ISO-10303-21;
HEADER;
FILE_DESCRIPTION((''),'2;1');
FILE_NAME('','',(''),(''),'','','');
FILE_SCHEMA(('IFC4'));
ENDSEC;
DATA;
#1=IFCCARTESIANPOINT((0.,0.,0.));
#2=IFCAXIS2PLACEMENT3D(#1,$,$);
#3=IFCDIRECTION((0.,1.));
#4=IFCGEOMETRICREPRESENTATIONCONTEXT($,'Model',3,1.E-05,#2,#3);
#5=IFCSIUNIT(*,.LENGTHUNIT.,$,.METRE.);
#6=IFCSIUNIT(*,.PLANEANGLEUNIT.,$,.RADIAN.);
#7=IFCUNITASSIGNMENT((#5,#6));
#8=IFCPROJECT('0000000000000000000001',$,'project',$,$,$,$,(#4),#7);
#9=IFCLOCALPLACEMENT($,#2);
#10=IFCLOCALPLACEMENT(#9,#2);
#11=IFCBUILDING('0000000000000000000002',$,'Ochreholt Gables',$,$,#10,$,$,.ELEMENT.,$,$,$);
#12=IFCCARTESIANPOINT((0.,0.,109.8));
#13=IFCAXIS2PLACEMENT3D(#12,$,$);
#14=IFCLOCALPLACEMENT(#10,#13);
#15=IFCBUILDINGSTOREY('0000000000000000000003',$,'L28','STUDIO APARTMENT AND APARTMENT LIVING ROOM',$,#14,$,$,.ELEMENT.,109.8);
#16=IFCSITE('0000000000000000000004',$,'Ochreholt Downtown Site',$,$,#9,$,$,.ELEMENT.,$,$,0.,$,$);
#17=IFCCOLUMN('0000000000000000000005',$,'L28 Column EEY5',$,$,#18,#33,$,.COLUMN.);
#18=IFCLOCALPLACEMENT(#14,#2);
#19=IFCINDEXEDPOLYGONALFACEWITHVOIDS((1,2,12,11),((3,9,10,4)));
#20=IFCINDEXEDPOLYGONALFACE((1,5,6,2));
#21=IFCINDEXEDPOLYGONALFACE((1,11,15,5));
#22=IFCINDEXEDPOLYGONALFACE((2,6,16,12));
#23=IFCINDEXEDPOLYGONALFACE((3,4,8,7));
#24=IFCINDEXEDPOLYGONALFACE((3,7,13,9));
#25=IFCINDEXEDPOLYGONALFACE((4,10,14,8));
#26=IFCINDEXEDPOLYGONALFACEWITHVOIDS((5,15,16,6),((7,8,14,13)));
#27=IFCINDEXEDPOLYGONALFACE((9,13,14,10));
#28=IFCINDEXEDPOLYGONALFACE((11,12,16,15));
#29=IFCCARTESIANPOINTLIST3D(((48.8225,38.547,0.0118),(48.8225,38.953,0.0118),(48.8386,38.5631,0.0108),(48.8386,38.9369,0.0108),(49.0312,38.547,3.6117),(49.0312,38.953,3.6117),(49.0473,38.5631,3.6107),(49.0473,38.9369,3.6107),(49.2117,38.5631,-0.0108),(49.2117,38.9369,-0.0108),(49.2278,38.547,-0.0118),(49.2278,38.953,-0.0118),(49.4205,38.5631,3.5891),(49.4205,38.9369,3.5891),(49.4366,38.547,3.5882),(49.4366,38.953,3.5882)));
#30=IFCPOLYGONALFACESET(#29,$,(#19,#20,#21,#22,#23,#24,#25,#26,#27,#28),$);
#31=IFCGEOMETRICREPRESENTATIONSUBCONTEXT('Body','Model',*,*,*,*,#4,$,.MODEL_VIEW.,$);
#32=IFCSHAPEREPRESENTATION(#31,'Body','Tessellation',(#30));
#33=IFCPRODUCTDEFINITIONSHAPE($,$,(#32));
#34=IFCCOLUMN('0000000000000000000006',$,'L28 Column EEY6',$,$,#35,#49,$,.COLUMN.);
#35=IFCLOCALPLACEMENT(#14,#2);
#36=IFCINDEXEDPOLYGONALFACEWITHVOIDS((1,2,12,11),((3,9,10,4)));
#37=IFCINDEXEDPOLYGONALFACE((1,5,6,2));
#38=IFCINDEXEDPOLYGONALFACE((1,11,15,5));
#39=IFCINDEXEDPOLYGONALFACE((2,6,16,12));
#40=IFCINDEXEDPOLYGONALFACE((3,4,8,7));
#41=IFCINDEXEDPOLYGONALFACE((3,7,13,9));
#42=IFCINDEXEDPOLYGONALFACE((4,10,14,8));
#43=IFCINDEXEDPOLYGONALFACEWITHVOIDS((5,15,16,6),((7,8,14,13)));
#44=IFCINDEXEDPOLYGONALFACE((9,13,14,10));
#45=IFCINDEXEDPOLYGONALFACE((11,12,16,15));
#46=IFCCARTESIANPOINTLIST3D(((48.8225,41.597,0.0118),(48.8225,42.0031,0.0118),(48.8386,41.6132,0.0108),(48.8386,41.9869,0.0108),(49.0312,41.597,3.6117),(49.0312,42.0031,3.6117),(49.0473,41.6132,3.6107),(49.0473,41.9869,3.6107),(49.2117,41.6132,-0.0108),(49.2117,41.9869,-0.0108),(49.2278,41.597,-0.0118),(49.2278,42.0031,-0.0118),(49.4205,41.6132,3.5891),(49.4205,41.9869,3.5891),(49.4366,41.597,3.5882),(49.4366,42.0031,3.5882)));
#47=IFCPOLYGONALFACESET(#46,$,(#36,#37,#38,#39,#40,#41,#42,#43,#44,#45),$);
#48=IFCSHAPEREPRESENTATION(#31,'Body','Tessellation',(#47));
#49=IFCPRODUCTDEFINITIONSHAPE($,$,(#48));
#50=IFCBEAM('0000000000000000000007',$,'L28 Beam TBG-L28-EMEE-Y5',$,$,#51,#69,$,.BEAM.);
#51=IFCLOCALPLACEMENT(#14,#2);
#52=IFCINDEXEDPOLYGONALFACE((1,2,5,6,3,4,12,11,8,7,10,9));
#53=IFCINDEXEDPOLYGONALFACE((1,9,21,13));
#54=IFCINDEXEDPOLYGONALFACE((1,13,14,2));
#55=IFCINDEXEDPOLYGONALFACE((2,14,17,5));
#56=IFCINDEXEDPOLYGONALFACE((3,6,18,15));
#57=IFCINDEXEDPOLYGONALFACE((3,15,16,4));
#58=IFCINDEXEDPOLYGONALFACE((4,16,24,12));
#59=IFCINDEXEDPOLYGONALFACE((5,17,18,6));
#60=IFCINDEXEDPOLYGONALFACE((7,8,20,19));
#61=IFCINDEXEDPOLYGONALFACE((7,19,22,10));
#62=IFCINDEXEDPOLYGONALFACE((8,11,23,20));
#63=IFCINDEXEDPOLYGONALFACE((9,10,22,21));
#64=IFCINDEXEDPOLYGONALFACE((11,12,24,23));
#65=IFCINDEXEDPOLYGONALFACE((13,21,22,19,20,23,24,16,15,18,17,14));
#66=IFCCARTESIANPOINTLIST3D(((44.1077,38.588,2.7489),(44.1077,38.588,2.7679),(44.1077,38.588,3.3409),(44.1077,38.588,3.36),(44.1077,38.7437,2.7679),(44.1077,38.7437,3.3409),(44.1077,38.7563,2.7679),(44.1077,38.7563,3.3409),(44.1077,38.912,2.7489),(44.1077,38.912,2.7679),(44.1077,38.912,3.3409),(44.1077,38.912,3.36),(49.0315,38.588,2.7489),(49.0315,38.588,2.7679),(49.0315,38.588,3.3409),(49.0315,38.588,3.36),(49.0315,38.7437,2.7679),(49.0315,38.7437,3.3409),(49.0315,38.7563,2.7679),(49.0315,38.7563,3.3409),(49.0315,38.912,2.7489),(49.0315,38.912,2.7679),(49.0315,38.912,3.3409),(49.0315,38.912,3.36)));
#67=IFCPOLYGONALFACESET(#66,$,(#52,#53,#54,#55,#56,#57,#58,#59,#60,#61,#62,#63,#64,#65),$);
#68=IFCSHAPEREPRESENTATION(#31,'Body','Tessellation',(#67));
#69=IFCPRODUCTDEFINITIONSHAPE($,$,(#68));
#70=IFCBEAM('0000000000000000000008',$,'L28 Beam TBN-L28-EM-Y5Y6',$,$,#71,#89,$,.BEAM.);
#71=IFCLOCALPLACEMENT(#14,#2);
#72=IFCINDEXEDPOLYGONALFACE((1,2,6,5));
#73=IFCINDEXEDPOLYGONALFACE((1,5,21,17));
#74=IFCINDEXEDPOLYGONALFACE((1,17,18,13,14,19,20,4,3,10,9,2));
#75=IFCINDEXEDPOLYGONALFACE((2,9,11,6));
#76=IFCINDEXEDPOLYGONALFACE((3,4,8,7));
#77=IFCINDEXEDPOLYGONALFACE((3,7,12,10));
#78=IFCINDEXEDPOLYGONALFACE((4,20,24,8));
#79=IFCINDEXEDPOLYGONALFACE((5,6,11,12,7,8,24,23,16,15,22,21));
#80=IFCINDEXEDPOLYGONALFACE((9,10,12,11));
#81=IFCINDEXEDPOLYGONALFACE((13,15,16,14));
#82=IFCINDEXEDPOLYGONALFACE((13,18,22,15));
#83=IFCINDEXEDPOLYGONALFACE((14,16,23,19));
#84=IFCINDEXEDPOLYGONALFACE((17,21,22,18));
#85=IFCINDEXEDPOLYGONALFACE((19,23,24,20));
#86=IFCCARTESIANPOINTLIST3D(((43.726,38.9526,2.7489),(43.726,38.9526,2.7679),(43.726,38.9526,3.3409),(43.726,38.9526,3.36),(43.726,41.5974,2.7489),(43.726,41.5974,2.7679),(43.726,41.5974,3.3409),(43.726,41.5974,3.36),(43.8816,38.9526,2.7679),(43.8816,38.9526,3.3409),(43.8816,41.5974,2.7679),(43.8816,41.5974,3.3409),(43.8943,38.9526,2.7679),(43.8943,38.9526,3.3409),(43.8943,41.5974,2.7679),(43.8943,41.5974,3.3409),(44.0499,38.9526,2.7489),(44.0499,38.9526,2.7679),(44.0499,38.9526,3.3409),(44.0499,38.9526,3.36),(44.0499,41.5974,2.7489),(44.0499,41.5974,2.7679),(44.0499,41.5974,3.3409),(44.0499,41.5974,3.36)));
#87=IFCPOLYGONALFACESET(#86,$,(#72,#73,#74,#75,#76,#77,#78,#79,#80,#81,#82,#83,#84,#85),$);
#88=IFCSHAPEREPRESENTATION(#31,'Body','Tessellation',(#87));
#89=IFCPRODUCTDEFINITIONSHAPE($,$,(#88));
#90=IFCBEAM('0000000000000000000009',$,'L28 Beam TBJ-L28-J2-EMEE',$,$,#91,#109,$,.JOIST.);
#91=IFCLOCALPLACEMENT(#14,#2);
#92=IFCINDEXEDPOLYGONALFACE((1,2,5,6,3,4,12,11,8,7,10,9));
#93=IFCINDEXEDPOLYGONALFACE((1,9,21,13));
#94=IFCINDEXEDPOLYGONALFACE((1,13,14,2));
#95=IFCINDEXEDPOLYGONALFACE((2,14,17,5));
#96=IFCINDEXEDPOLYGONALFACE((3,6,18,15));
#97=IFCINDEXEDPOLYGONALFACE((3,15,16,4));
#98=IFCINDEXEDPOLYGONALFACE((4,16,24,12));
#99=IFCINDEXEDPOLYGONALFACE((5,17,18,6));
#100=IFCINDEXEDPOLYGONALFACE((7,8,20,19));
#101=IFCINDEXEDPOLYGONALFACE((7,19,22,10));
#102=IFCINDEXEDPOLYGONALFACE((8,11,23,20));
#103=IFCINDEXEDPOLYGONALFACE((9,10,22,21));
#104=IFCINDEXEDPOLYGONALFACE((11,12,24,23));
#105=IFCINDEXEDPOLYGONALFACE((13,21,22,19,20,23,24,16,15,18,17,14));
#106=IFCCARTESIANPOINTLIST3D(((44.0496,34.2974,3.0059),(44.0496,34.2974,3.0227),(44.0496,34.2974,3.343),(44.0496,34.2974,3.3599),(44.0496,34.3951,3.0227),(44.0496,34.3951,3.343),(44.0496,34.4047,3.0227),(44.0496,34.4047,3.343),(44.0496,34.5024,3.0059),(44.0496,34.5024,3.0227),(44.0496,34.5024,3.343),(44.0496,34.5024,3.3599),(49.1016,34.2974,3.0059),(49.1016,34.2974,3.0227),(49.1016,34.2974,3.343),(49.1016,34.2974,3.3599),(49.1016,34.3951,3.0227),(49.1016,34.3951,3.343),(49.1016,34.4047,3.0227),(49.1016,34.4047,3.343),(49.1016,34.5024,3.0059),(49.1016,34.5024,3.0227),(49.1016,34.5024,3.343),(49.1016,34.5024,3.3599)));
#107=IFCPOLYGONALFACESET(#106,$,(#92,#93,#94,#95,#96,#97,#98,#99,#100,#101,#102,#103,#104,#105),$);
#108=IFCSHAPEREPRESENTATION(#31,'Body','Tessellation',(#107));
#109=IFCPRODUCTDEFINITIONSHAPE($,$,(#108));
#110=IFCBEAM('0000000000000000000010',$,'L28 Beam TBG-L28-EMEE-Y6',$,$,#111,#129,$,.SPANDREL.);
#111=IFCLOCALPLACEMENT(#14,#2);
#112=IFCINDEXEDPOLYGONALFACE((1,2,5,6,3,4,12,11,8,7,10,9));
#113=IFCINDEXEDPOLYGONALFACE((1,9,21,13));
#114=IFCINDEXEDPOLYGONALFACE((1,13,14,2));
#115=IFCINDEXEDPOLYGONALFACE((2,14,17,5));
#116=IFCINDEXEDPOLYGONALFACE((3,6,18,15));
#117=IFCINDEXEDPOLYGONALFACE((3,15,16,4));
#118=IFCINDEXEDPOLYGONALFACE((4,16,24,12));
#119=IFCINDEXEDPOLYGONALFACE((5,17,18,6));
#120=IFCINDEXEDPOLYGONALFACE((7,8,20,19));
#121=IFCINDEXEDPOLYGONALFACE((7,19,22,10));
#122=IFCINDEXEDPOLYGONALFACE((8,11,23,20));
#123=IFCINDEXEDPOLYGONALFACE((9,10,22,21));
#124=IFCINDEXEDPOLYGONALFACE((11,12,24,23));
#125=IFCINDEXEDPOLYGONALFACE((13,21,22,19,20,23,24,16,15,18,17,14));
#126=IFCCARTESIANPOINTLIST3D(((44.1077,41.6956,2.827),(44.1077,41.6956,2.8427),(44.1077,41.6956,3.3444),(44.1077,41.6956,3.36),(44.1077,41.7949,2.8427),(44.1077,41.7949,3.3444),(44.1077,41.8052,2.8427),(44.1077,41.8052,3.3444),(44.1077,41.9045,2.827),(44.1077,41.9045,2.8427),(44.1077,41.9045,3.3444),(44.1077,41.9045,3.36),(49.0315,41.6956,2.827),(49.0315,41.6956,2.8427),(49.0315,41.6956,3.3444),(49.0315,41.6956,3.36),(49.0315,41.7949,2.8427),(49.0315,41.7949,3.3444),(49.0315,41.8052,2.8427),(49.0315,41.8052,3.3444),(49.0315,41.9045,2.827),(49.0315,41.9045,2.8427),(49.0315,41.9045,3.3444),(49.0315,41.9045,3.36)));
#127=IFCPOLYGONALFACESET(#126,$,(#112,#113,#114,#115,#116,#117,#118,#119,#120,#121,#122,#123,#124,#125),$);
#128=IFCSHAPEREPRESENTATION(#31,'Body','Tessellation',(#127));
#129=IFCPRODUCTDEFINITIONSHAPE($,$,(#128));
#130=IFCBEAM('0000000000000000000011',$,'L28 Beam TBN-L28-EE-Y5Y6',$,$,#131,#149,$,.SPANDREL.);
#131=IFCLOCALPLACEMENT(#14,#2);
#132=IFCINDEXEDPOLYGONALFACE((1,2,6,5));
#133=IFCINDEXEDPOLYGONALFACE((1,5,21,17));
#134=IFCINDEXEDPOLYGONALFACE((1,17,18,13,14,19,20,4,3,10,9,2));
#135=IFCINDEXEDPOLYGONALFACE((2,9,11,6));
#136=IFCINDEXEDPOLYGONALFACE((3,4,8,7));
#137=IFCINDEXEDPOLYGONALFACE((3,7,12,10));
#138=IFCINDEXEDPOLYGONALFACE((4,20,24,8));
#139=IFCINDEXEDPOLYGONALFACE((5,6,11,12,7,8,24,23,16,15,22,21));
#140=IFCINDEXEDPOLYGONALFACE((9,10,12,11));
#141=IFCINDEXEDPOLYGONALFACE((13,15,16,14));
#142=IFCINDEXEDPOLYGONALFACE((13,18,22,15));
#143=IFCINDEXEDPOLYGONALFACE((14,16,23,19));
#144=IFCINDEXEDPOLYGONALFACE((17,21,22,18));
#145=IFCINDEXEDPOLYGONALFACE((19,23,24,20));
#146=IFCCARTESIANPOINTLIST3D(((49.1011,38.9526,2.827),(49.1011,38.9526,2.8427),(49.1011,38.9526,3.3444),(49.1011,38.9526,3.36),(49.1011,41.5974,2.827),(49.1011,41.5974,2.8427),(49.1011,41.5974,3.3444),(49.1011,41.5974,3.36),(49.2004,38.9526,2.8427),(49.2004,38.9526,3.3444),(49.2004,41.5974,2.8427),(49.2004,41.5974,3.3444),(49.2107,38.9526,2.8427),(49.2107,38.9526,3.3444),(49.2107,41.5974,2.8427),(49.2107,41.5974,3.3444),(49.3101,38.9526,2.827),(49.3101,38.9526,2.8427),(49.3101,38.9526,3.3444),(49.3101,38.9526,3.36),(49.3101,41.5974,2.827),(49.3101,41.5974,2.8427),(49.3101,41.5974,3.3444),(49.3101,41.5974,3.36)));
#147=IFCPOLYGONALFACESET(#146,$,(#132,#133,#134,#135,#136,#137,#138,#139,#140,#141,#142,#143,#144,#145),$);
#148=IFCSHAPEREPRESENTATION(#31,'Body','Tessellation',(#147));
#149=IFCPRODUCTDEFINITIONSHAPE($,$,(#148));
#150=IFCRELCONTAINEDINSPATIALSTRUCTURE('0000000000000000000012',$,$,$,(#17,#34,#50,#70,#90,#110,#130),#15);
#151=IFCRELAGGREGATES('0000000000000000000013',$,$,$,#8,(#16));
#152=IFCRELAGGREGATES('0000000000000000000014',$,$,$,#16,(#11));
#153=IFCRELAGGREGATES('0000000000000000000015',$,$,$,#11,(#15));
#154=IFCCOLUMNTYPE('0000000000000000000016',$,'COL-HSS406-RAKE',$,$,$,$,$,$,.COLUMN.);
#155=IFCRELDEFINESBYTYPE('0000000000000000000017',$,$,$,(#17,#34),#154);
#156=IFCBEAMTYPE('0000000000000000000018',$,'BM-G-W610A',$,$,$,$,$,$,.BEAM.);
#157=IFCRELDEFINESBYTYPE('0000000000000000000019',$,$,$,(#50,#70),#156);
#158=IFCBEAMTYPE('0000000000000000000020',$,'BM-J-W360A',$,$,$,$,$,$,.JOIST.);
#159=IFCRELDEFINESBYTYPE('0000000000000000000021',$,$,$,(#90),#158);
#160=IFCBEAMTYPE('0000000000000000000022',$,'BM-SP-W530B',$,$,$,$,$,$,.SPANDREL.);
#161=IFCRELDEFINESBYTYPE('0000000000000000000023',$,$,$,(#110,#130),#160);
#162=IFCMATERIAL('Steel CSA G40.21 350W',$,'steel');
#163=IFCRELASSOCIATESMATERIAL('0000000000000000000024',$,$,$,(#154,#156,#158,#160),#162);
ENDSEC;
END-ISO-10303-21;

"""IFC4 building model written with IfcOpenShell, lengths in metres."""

from ifc_helpers import new_model, si_unit, direction, frame, origin, origin_2d, place, context, subcontext, project, spatial, hollow_rectangle, i_section, extrude, material, material_profile, profile_set, type_object, element, save


model = new_model("IFC4")

# Units and contexts
model_context = context("Model", 3, precision=1e-05, world=origin(), true_north=direction((0.0, 1.0)))
body_context = subcontext(model_context, "Body", "Model", "MODEL_VIEW")
ifc_project = project(units=[si_unit("LENGTHUNIT", "METRE"), si_unit("PLANEANGLEUNIT", "RADIAN")], contexts=[model_context])

# Site, building, storey
site_placement = place(None, origin())
site = spatial("IfcSite", under=ifc_project, at=site_placement, Name="Ochreholt Downtown Site", CompositionType="ELEMENT", RefElevation=0.0)
building_placement = place(site_placement, origin())
building = spatial("IfcBuilding", under=site, at=building_placement, Name="Ochreholt Gables", CompositionType="ELEMENT")
storey_placement = place(building_placement, frame((0.0, 0.0, 109.8)))
storey = spatial("IfcBuildingStorey", under=building, at=storey_placement, Name="L28", Description="STUDIO APARTMENT AND APARTMENT LIVING ROOM", CompositionType="ELEMENT", Elevation=109.8)

# Columns
ifc_material_1 = material(Name="Steel CSA G40.21 350W", Category="steel")
ifc_material_profile_1 = material_profile(ifc_material_1, hollow_rectangle(XDim=0.406, YDim=0.406, WallThickness=0.0161, at=origin_2d()), Name="HSS406X406X16")
ifc_profile_set_1 = profile_set([ifc_material_profile_1], Name="Steel CSA G40.21 350W")
column_type = type_object("IfcColumnType", Name="COL-HSS406-RAKE", PredefinedType="COLUMN", material=ifc_profile_set_1)
for number, where, z_axis, x_axis, name in (
    (1, (49.0251, 38.75, 0.0), (0.057889, 0.0, 0.998323), (0.0, 1.0, 0.0), "L28 Column EEY5"),
    (2, (49.0251, 41.8, 0.0), (0.057889, 0.0, 0.998323), (0.0, 1.0, 0.0), "L28 Column EEY6"),
):
    element("IfcColumn", number, at=place(storey_placement, frame(where, z_axis=z_axis, x_axis=x_axis)), inside=storey, type_object=column_type, Name=name, PredefinedType="COLUMN", context=body_context, shape_type="SweptSolid", body=[
        extrude(hollow_rectangle(XDim=0.406, YDim=0.406, WallThickness=0.0161, at=origin_2d()), origin(), (0.0, 0.0, 1.0), 3.606),
    ])

# Beams
ifc_material_profile_2 = material_profile(ifc_material_1, i_section(OverallWidth=0.324, OverallDepth=0.6111, WebThickness=0.0127, FlangeThickness=0.019, at=origin_2d()), Name="W610X155")
ifc_profile_set_2 = profile_set([ifc_material_profile_2], Name="Steel CSA G40.21 350W")
beam_type_1 = type_object("IfcBeamType", Name="BM-G-W610A", PredefinedType="BEAM", material=ifc_profile_set_2)
beam_1_placement = place(storey_placement, frame((44.1077, 38.75, 3.0544), z_axis=(1.0, 0.0, 0.0), x_axis=(0.0, 1.0, 0.0)))
element("IfcBeam", 3, at=beam_1_placement, inside=storey, type_object=beam_type_1, Name="L28 Beam TBG-L28-EMEE-Y5", PredefinedType="BEAM", context=body_context, shape_type="SweptSolid", body=[
    extrude(i_section(OverallWidth=0.324, OverallDepth=0.6111, WebThickness=0.0127, FlangeThickness=0.019, at=origin_2d()), origin(), (0.0, 0.0, 1.0), 4.9238),
])
beam_2_placement = place(storey_placement, frame((43.8879, 38.9526, 3.0544), z_axis=(0.0, 1.0, 0.0), x_axis=(-1.0, 0.0, 0.0)))
element("IfcBeam", 4, at=beam_2_placement, inside=storey, type_object=beam_type_1, Name="L28 Beam TBN-L28-EM-Y5Y6", PredefinedType="BEAM", context=body_context, shape_type="SweptSolid", body=[
    extrude(i_section(OverallWidth=0.324, OverallDepth=0.6111, WebThickness=0.0127, FlangeThickness=0.019, at=origin_2d()), origin(), (0.0, 0.0, 1.0), 2.6448),
])
ifc_material_profile_3 = material_profile(ifc_material_1, i_section(OverallWidth=0.2051, OverallDepth=0.354, WebThickness=0.0095, FlangeThickness=0.0168, at=origin_2d()), Name="W360X79")
ifc_profile_set_3 = profile_set([ifc_material_profile_3], Name="Steel CSA G40.21 350W")
beam_type_2 = type_object("IfcBeamType", Name="BM-J-W360A", PredefinedType="JOIST", material=ifc_profile_set_3)
beam_3_placement = place(storey_placement, frame((44.0496, 34.3999, 3.1829), z_axis=(1.0, 0.0, 0.0), x_axis=(0.0, 1.0, 0.0)))
element("IfcBeam", 5, at=beam_3_placement, inside=storey, type_object=beam_type_2, Name="L28 Beam TBJ-L28-J2-EMEE", PredefinedType="JOIST", context=body_context, shape_type="SweptSolid", body=[
    extrude(i_section(OverallWidth=0.2051, OverallDepth=0.354, WebThickness=0.0095, FlangeThickness=0.0168, at=origin_2d()), origin(), (0.0, 0.0, 1.0), 5.052),
])
ifc_material_profile_4 = material_profile(ifc_material_1, i_section(OverallWidth=0.209, OverallDepth=0.533, WebThickness=0.0103, FlangeThickness=0.0156, at=origin_2d()), Name="W530X92")
ifc_profile_set_4 = profile_set([ifc_material_profile_4], Name="Steel CSA G40.21 350W")
beam_type_3 = type_object("IfcBeamType", Name="BM-SP-W530B", PredefinedType="SPANDREL", material=ifc_profile_set_4)
beam_4_placement = place(storey_placement, frame((44.1077, 41.8, 3.0935), z_axis=(1.0, 0.0, 0.0), x_axis=(0.0, 1.0, 0.0)))
element("IfcBeam", 6, at=beam_4_placement, inside=storey, type_object=beam_type_3, Name="L28 Beam TBG-L28-EMEE-Y6", PredefinedType="SPANDREL", context=body_context, shape_type="SweptSolid", body=[
    extrude(i_section(OverallWidth=0.209, OverallDepth=0.533, WebThickness=0.0103, FlangeThickness=0.0156, at=origin_2d()), origin(), (0.0, 0.0, 1.0), 4.9238),
])
beam_5_placement = place(storey_placement, frame((49.2056, 38.9526, 3.0935), z_axis=(0.0, 1.0, 0.0), x_axis=(-1.0, 0.0, 0.0)))
element("IfcBeam", 7, at=beam_5_placement, inside=storey, type_object=beam_type_3, Name="L28 Beam TBN-L28-EE-Y5Y6", PredefinedType="SPANDREL", context=body_context, shape_type="SweptSolid", body=[
    extrude(i_section(OverallWidth=0.209, OverallDepth=0.533, WebThickness=0.0103, FlangeThickness=0.0156, at=origin_2d()), origin(), (0.0, 0.0, 1.0), 2.6448),
])

save(model, "model.ifc")
